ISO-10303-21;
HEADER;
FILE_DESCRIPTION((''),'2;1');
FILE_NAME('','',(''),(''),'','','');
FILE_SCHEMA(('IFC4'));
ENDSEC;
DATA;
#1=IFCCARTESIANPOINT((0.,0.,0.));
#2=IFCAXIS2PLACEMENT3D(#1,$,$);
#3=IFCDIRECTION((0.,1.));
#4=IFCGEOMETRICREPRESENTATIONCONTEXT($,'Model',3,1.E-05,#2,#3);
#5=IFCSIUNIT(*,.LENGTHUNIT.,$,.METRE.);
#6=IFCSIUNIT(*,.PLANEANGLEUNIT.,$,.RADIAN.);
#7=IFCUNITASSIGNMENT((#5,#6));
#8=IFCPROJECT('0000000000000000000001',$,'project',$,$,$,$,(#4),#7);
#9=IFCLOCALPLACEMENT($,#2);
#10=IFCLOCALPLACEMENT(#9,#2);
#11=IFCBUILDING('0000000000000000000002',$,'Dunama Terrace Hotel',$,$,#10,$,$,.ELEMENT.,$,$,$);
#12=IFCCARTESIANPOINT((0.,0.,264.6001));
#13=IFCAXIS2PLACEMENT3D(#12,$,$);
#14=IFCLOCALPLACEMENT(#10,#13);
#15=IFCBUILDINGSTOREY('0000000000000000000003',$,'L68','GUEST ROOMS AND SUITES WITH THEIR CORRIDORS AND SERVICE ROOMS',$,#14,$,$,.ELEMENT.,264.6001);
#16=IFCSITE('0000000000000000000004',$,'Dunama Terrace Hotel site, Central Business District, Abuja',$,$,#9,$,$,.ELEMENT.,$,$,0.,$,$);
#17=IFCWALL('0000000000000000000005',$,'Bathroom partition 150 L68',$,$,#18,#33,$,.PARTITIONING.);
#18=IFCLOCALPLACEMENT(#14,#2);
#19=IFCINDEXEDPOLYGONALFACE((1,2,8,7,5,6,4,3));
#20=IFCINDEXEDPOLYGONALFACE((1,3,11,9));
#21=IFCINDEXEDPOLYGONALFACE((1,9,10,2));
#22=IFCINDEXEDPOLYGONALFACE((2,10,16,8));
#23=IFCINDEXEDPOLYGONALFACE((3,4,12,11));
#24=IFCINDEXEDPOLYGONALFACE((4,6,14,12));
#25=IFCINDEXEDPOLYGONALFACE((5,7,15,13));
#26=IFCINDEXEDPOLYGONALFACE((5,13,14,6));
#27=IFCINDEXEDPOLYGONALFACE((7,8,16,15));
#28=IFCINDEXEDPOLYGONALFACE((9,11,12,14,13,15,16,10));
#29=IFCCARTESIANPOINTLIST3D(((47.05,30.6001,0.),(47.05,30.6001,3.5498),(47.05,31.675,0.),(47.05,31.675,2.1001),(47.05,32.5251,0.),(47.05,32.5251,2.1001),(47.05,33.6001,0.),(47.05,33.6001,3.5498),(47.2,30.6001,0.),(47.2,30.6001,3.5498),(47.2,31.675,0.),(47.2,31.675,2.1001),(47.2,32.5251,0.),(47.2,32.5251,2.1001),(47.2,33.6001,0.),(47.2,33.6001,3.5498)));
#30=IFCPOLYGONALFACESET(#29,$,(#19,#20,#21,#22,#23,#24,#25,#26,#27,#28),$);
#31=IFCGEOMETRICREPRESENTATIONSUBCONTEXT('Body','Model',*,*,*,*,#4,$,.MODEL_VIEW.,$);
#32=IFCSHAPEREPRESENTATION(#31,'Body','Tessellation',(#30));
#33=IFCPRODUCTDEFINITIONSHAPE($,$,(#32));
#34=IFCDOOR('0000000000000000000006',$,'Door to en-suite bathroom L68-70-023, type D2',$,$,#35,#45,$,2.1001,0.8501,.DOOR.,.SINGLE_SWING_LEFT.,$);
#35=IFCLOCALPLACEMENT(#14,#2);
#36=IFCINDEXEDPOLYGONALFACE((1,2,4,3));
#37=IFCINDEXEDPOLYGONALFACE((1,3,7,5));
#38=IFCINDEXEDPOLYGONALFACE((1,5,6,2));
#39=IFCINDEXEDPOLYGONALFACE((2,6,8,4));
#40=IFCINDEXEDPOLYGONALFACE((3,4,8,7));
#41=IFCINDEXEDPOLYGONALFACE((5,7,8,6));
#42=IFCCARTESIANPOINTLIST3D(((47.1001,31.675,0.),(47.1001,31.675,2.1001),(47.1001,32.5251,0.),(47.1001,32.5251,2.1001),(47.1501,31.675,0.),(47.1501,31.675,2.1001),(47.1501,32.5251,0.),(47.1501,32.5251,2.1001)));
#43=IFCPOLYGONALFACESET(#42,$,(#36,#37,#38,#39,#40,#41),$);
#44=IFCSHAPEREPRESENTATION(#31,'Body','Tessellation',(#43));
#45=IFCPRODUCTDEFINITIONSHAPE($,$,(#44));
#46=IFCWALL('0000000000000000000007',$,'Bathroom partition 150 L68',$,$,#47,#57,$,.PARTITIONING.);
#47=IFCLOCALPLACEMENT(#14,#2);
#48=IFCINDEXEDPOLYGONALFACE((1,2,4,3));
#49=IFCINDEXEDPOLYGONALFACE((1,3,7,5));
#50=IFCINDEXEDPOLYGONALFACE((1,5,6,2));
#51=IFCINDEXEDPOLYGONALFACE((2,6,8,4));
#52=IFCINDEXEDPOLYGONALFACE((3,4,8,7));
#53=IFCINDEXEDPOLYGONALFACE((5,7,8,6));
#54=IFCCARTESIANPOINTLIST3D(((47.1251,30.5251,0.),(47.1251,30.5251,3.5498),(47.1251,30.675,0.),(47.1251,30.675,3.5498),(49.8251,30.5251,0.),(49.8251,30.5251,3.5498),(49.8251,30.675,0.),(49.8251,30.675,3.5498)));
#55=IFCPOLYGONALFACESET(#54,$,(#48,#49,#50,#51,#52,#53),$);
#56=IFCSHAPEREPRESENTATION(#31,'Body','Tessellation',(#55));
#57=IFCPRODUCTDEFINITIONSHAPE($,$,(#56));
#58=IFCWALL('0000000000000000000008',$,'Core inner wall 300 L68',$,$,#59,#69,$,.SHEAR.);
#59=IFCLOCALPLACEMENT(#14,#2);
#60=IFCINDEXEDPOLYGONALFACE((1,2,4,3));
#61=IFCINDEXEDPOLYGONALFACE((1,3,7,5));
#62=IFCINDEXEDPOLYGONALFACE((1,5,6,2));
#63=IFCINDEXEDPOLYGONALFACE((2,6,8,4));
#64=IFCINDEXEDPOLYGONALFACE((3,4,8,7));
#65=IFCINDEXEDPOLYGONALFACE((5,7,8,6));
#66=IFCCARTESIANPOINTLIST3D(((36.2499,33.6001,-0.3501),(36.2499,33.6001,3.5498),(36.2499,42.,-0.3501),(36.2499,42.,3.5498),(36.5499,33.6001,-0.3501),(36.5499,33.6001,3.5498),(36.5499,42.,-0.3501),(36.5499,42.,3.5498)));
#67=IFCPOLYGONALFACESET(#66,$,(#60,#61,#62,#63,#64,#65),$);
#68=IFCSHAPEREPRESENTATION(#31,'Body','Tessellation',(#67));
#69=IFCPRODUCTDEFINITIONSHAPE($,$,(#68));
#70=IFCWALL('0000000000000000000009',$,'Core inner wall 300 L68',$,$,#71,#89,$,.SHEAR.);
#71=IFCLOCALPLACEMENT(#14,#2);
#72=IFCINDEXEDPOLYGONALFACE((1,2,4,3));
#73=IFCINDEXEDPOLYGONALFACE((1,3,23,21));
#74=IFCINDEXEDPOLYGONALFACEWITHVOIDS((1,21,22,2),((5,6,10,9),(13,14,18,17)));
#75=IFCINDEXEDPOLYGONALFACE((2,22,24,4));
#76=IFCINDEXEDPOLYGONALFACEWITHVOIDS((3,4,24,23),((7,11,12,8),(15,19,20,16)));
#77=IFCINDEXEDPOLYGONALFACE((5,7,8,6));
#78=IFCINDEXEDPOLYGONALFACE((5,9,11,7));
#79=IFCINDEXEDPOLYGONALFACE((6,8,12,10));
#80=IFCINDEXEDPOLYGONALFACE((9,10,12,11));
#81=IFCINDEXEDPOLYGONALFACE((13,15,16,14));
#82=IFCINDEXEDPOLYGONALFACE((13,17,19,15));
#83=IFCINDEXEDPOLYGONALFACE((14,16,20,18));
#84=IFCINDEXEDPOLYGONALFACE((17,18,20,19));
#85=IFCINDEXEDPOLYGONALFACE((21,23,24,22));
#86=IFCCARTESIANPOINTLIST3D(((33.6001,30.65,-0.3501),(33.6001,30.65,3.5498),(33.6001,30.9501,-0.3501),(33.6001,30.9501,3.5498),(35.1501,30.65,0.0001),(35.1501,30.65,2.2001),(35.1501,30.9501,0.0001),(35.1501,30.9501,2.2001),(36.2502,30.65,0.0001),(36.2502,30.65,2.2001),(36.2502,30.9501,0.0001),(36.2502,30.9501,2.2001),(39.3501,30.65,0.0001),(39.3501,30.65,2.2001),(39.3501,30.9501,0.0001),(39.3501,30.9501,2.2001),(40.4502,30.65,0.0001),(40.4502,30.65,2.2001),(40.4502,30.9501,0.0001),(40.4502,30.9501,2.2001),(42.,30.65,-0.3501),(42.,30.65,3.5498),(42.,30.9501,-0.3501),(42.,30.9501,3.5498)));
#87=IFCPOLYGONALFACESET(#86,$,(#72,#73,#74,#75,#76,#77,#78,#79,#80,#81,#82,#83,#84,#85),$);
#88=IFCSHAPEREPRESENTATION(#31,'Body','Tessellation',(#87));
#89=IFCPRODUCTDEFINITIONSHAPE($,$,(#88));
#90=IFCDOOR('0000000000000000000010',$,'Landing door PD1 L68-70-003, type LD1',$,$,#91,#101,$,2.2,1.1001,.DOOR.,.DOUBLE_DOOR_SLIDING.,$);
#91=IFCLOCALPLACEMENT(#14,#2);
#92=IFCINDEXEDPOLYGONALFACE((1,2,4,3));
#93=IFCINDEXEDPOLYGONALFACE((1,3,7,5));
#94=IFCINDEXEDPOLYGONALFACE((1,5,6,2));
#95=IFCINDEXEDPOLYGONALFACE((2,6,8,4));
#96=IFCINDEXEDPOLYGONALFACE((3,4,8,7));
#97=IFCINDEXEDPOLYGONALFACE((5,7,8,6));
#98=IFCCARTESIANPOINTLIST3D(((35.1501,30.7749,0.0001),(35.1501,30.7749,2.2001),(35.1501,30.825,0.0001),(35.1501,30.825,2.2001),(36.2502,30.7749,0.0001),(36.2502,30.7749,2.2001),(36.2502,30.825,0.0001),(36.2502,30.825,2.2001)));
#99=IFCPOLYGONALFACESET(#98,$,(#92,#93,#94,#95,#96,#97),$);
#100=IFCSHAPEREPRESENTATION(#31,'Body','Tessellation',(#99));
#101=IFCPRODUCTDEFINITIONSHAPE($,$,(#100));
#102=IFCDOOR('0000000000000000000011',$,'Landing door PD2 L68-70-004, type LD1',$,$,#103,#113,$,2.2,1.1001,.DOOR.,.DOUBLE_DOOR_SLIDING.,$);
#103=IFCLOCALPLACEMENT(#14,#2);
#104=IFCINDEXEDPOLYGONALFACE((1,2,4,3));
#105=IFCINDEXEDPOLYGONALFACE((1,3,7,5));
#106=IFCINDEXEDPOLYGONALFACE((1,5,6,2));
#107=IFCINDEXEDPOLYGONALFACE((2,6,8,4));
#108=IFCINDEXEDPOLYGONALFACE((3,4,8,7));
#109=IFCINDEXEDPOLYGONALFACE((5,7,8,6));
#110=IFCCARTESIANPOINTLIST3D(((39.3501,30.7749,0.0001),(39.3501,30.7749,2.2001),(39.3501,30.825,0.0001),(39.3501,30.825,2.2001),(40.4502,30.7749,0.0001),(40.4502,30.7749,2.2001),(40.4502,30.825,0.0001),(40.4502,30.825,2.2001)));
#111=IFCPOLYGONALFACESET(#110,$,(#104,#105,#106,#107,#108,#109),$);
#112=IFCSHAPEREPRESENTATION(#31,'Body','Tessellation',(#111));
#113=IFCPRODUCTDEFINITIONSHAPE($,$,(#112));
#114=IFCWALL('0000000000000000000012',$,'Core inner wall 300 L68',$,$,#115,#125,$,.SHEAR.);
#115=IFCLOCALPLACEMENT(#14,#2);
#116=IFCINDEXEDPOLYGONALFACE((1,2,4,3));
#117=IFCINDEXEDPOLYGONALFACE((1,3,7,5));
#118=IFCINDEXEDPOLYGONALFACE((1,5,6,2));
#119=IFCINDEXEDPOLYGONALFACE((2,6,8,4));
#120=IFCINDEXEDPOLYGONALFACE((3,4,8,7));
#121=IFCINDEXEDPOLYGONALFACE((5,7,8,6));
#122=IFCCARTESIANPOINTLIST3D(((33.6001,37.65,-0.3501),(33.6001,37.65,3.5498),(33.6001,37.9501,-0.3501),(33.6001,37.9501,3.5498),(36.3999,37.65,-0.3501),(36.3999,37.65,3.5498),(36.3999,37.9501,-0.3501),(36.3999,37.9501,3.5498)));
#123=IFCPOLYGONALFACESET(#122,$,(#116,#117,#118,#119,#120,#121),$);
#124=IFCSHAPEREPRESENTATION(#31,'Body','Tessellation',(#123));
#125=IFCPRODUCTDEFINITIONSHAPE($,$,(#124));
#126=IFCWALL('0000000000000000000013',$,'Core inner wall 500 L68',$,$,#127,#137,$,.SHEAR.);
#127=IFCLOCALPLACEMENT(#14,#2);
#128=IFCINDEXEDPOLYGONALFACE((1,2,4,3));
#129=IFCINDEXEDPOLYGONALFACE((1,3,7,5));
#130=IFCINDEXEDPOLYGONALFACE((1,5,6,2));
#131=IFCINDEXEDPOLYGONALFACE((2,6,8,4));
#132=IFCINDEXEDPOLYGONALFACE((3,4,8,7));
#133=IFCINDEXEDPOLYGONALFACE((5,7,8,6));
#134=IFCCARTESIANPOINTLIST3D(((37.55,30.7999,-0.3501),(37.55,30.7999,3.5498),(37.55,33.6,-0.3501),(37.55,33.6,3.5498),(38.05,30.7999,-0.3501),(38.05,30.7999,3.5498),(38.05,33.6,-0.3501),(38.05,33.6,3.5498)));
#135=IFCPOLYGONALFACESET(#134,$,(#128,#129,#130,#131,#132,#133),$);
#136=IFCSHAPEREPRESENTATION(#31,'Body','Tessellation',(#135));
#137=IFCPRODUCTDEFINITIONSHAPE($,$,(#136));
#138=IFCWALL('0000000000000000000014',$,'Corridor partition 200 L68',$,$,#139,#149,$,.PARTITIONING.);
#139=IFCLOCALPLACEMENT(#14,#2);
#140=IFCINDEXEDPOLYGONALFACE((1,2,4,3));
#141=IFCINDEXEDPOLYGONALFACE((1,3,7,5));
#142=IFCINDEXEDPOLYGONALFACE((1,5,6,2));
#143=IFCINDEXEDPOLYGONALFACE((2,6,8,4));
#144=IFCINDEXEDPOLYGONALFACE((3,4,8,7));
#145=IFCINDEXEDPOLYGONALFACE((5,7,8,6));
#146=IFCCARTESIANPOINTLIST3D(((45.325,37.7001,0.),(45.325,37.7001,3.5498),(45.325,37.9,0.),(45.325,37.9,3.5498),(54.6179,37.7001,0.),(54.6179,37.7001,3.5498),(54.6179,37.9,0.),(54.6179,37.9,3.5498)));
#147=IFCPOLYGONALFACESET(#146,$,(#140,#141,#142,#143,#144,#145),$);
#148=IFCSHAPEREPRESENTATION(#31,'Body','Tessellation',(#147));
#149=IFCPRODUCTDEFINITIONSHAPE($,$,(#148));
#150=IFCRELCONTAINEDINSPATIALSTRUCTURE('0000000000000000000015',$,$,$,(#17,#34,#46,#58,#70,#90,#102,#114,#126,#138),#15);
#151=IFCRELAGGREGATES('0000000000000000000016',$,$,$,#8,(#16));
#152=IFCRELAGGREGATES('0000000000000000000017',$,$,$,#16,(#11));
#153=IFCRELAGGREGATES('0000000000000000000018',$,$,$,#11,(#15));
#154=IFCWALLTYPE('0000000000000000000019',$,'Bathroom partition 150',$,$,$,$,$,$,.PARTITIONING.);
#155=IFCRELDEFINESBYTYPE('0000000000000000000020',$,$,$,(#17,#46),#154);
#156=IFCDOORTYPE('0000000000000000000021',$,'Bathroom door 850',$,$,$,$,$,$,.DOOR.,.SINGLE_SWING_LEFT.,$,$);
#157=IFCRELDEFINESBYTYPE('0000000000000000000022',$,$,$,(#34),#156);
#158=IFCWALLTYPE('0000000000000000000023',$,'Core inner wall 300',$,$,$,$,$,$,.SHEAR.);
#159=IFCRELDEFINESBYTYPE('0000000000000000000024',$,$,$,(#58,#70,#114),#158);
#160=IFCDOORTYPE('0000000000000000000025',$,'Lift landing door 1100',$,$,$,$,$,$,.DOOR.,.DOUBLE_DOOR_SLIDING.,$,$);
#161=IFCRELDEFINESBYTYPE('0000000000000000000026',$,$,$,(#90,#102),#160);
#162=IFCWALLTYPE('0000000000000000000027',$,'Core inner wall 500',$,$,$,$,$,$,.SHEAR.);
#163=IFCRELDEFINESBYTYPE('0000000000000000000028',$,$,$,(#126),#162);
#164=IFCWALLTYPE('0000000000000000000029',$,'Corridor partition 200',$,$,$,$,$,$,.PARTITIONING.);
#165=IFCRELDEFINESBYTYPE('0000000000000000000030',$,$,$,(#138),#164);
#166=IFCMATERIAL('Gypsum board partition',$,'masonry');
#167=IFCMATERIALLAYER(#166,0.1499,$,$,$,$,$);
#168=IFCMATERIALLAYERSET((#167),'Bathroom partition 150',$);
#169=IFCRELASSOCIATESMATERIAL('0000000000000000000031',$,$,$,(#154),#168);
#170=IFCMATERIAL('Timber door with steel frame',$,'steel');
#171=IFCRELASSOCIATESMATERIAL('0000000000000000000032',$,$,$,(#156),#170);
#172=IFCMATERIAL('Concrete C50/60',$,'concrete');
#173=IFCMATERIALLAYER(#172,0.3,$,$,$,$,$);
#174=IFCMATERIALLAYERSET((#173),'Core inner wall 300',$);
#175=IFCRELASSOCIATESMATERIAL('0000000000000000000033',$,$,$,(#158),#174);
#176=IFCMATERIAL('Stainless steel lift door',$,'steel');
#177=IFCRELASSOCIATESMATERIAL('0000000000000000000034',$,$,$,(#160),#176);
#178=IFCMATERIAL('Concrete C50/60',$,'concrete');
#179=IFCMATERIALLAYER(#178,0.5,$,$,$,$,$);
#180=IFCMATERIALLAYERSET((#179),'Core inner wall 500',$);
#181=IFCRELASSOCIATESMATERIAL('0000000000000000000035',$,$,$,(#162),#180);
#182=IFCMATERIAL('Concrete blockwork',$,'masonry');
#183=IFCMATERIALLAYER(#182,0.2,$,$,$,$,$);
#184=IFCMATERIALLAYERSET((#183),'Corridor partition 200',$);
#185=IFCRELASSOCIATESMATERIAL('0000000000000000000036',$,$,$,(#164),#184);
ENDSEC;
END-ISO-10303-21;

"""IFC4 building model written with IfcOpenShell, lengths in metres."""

from ifc_helpers import new_model, si_unit, direction, frame, frame_2d, origin, place, context, subcontext, project, spatial, rectangle, extrude, material, layer, layer_set, type_object, element, fill, save


model = new_model("IFC4")

# Units and contexts
model_context = context("Model", 3, precision=1e-05, world=origin(), true_north=direction((0.0, 1.0)))
body_context = subcontext(model_context, "Body", "Model", "MODEL_VIEW")
ifc_project = project(units=[si_unit("LENGTHUNIT", "METRE"), si_unit("PLANEANGLEUNIT", "RADIAN")], contexts=[model_context])

# Site, building, storey
site_placement = place(None, origin())
site = spatial("IfcSite", under=ifc_project, at=site_placement, Name="Dunama Terrace Hotel site, Central Business District, Abuja", CompositionType="ELEMENT", RefElevation=0.0)
building_placement = place(site_placement, origin())
building = spatial("IfcBuilding", under=site, at=building_placement, Name="Dunama Terrace Hotel", CompositionType="ELEMENT")
storey_placement = place(building_placement, frame((0.0, 0.0, 264.6001)))
storey = spatial("IfcBuildingStorey", under=building, at=storey_placement, Name="L68", Description="GUEST ROOMS AND SUITES WITH THEIR CORRIDORS AND SERVICE ROOMS", CompositionType="ELEMENT", Elevation=264.6001)

# Wall, opening, door
ifc_material_1 = material(Name="Gypsum board partition", Category="masonry")
ifc_layer_1 = layer(ifc_material_1, 0.1499)
ifc_layer_set_1 = layer_set([ifc_layer_1], Name="Bathroom partition 150")
wall_type_1 = type_object("IfcWallType", Name="Bathroom partition 150", PredefinedType="PARTITIONING", material=ifc_layer_set_1)
wall_1_placement = place(storey_placement, frame((47.125, 30.6001, 0.0), z_axis=(0.0, 0.0, 1.0), x_axis=(0.0, 1.0, 0.0)))
wall_1 = element("IfcWall", 1, at=wall_1_placement, inside=storey, type_object=wall_type_1, Name="Bathroom partition 150 L68", PredefinedType="PARTITIONING", context=body_context, shape_type="SweptSolid", body=[
    extrude(rectangle(XDim=3.0, YDim=0.1499, at=frame_2d((1.5, 0.0))), origin(), (0.0, 0.0, 1.0), 3.5498),
])
opening_1_placement = place(wall_1_placement, frame((1.075, 0.0, 0.0)))
opening_1 = element("IfcOpeningElement", 2, at=opening_1_placement, cuts=wall_1, PredefinedType="OPENING", context=body_context, shape_type="SweptSolid", body=[
    extrude(rectangle(XDim=0.8501, YDim=2.1001, at=frame_2d((0.425, 1.05))), frame((0.0, 0.085, 0.0), z_axis=(0.0, -1.0, 0.0), x_axis=(1.0, 0.0, 0.0)), (0.0, 0.0, 1.0), 0.1699),
])
ifc_material_2 = material(Name="Timber door with steel frame", Category="steel")
door_type_1 = type_object("IfcDoorType", Name="Bathroom door 850", OperationType="SINGLE_SWING_LEFT", PredefinedType="DOOR", material=ifc_material_2)
door_1_placement = place(opening_1_placement, frame((0.8501, 0.0, 0.0), z_axis=(0.0, 0.0, 1.0), x_axis=(-1.0, 0.0, 0.0)))
door_1 = element("IfcDoor", 3, at=door_1_placement, inside=storey, type_object=door_type_1, Name="Door to en-suite bathroom L68-70-023, type D2", OperationType="SINGLE_SWING_LEFT", OverallHeight=2.1001, OverallWidth=0.8501, PredefinedType="DOOR", context=body_context, shape_type="SweptSolid", body=[
    extrude(rectangle(XDim=0.8501, YDim=2.1001, at=frame_2d((0.425, 1.05))), frame((0.0, 0.0251, 0.0), z_axis=(0.0, -1.0, 0.0), x_axis=(1.0, 0.0, 0.0)), (0.0, 0.0, 1.0), 0.05),
])
fill(opening_1, door_1)

# Walls
wall_2_placement = place(storey_placement, frame((47.125, 30.6001, 0.0), z_axis=(0.0, 0.0, 1.0), x_axis=(1.0, 0.0, 0.0)))
element("IfcWall", 4, at=wall_2_placement, inside=storey, type_object=wall_type_1, Name="Bathroom partition 150 L68", PredefinedType="PARTITIONING", context=body_context, shape_type="SweptSolid", body=[
    extrude(rectangle(XDim=2.7, YDim=0.1499, at=frame_2d((1.3501, 0.0))), origin(), (0.0, 0.0, 1.0), 3.5498),
])
ifc_material_3 = material(Name="Concrete C50/60", Category="concrete")
ifc_layer_2 = layer(ifc_material_3, 0.3)
ifc_layer_set_2 = layer_set([ifc_layer_2], Name="Core inner wall 300")
wall_type_2 = type_object("IfcWallType", Name="Core inner wall 300", PredefinedType="SHEAR", material=ifc_layer_set_2)
wall_3_placement = place(storey_placement, frame((36.3999, 33.6001, -0.3501), z_axis=(0.0, 0.0, 1.0), x_axis=(0.0, 1.0, 0.0)))
element("IfcWall", 5, at=wall_3_placement, inside=storey, type_object=wall_type_2, Name="Core inner wall 300 L68", PredefinedType="SHEAR", context=body_context, shape_type="SweptSolid", body=[
    extrude(rectangle(XDim=8.3999, YDim=0.3, at=frame_2d((4.2, 0.0))), origin(), (0.0, 0.0, 1.0), 3.8999),
])

# Wall, openings, doors
wall_4_placement = place(storey_placement, frame((33.6001, 30.8, -0.3501), z_axis=(0.0, 0.0, 1.0), x_axis=(1.0, 0.0, 0.0)))
wall_4 = element("IfcWall", 6, at=wall_4_placement, inside=storey, type_object=wall_type_2, Name="Core inner wall 300 L68", PredefinedType="SHEAR", context=body_context, shape_type="SweptSolid", body=[
    extrude(rectangle(XDim=8.3999, YDim=0.3, at=frame_2d((4.2, 0.0))), origin(), (0.0, 0.0, 1.0), 3.8999),
])
opening_2_placement = place(wall_4_placement, frame((1.55, 0.0, 0.3501)))
opening_2 = element("IfcOpeningElement", 7, at=opening_2_placement, cuts=wall_4, PredefinedType="OPENING", context=body_context, shape_type="SweptSolid", body=[
    extrude(rectangle(XDim=1.1001, YDim=2.2, at=frame_2d((0.55, 1.1001))), frame((0.0, 0.1599, 0.0), z_axis=(0.0, -1.0, 0.0), x_axis=(1.0, 0.0, 0.0)), (0.0, 0.0, 1.0), 0.3201),
])
opening_3_placement = place(wall_4_placement, frame((5.75, 0.0, 0.3501)))
opening_3 = element("IfcOpeningElement", 8, at=opening_3_placement, cuts=wall_4, PredefinedType="OPENING", context=body_context, shape_type="SweptSolid", body=[
    extrude(rectangle(XDim=1.1001, YDim=2.2, at=frame_2d((0.55, 1.1001))), frame((0.0, 0.1599, 0.0), z_axis=(0.0, -1.0, 0.0), x_axis=(1.0, 0.0, 0.0)), (0.0, 0.0, 1.0), 0.3201),
])
ifc_material_4 = material(Name="Stainless steel lift door", Category="steel")
door_type_2 = type_object("IfcDoorType", Name="Lift landing door 1100", OperationType="DOUBLE_DOOR_SLIDING", PredefinedType="DOOR", material=ifc_material_4)
door_2_placement = place(opening_2_placement, origin())
door_2 = element("IfcDoor", 9, at=door_2_placement, inside=storey, type_object=door_type_2, Name="Landing door PD1 L68-70-003, type LD1", OperationType="DOUBLE_DOOR_SLIDING", OverallHeight=2.2, OverallWidth=1.1001, PredefinedType="DOOR", context=body_context, shape_type="SweptSolid", body=[
    extrude(rectangle(XDim=1.1001, YDim=2.2, at=frame_2d((0.55, 1.1001))), frame((0.0, 0.0249, 0.0), z_axis=(0.0, -1.0, 0.0), x_axis=(1.0, 0.0, 0.0)), (0.0, 0.0, 1.0), 0.05),
])
fill(opening_2, door_2)
door_3_placement = place(opening_3_placement, origin())
door_3 = element("IfcDoor", 10, at=door_3_placement, inside=storey, type_object=door_type_2, Name="Landing door PD2 L68-70-004, type LD1", OperationType="DOUBLE_DOOR_SLIDING", OverallHeight=2.2, OverallWidth=1.1001, PredefinedType="DOOR", context=body_context, shape_type="SweptSolid", body=[
    extrude(rectangle(XDim=1.1001, YDim=2.2, at=frame_2d((0.55, 1.1001))), frame((0.0, 0.0249, 0.0), z_axis=(0.0, -1.0, 0.0), x_axis=(1.0, 0.0, 0.0)), (0.0, 0.0, 1.0), 0.05),
])
fill(opening_3, door_3)

# Walls
wall_5_placement = place(storey_placement, frame((33.6001, 37.8, -0.3501), z_axis=(0.0, 0.0, 1.0), x_axis=(1.0, 0.0, 0.0)))
element("IfcWall", 11, at=wall_5_placement, inside=storey, type_object=wall_type_2, Name="Core inner wall 300 L68", PredefinedType="SHEAR", context=body_context, shape_type="SweptSolid", body=[
    extrude(rectangle(XDim=2.7998, YDim=0.3, at=frame_2d((1.3999, 0.0))), origin(), (0.0, 0.0, 1.0), 3.8999),
])
ifc_material_5 = material(Name="Concrete C50/60", Category="concrete")
ifc_layer_3 = layer(ifc_material_5, 0.5)
ifc_layer_set_3 = layer_set([ifc_layer_3], Name="Core inner wall 500")
wall_type_3 = type_object("IfcWallType", Name="Core inner wall 500", PredefinedType="SHEAR", material=ifc_layer_set_3)
wall_6_placement = place(storey_placement, frame((37.8, 30.8, -0.3501), z_axis=(0.0, 0.0, 1.0), x_axis=(0.0, 1.0, 0.0)))
element("IfcWall", 12, at=wall_6_placement, inside=storey, type_object=wall_type_3, Name="Core inner wall 500 L68", PredefinedType="SHEAR", context=body_context, shape_type="SweptSolid", body=[
    extrude(rectangle(XDim=2.8, YDim=0.5, at=frame_2d((1.3999, 0.0))), origin(), (0.0, 0.0, 1.0), 3.8999),
])
ifc_material_6 = material(Name="Concrete blockwork", Category="masonry")
ifc_layer_4 = layer(ifc_material_6, 0.2)
ifc_layer_set_4 = layer_set([ifc_layer_4], Name="Corridor partition 200")
wall_type_4 = type_object("IfcWallType", Name="Corridor partition 200", PredefinedType="PARTITIONING", material=ifc_layer_set_4)
wall_7_placement = place(storey_placement, frame((45.325, 37.8, 0.0), z_axis=(0.0, 0.0, 1.0), x_axis=(1.0, 0.0, 0.0)))
element("IfcWall", 13, at=wall_7_placement, inside=storey, type_object=wall_type_4, Name="Corridor partition 200 L68", PredefinedType="PARTITIONING", context=body_context, shape_type="SweptSolid", body=[
    extrude(rectangle(XDim=9.293, YDim=0.2, at=frame_2d((4.6465, 0.0))), origin(), (0.0, 0.0, 1.0), 3.5498),
])

save(model, "model.ifc")
